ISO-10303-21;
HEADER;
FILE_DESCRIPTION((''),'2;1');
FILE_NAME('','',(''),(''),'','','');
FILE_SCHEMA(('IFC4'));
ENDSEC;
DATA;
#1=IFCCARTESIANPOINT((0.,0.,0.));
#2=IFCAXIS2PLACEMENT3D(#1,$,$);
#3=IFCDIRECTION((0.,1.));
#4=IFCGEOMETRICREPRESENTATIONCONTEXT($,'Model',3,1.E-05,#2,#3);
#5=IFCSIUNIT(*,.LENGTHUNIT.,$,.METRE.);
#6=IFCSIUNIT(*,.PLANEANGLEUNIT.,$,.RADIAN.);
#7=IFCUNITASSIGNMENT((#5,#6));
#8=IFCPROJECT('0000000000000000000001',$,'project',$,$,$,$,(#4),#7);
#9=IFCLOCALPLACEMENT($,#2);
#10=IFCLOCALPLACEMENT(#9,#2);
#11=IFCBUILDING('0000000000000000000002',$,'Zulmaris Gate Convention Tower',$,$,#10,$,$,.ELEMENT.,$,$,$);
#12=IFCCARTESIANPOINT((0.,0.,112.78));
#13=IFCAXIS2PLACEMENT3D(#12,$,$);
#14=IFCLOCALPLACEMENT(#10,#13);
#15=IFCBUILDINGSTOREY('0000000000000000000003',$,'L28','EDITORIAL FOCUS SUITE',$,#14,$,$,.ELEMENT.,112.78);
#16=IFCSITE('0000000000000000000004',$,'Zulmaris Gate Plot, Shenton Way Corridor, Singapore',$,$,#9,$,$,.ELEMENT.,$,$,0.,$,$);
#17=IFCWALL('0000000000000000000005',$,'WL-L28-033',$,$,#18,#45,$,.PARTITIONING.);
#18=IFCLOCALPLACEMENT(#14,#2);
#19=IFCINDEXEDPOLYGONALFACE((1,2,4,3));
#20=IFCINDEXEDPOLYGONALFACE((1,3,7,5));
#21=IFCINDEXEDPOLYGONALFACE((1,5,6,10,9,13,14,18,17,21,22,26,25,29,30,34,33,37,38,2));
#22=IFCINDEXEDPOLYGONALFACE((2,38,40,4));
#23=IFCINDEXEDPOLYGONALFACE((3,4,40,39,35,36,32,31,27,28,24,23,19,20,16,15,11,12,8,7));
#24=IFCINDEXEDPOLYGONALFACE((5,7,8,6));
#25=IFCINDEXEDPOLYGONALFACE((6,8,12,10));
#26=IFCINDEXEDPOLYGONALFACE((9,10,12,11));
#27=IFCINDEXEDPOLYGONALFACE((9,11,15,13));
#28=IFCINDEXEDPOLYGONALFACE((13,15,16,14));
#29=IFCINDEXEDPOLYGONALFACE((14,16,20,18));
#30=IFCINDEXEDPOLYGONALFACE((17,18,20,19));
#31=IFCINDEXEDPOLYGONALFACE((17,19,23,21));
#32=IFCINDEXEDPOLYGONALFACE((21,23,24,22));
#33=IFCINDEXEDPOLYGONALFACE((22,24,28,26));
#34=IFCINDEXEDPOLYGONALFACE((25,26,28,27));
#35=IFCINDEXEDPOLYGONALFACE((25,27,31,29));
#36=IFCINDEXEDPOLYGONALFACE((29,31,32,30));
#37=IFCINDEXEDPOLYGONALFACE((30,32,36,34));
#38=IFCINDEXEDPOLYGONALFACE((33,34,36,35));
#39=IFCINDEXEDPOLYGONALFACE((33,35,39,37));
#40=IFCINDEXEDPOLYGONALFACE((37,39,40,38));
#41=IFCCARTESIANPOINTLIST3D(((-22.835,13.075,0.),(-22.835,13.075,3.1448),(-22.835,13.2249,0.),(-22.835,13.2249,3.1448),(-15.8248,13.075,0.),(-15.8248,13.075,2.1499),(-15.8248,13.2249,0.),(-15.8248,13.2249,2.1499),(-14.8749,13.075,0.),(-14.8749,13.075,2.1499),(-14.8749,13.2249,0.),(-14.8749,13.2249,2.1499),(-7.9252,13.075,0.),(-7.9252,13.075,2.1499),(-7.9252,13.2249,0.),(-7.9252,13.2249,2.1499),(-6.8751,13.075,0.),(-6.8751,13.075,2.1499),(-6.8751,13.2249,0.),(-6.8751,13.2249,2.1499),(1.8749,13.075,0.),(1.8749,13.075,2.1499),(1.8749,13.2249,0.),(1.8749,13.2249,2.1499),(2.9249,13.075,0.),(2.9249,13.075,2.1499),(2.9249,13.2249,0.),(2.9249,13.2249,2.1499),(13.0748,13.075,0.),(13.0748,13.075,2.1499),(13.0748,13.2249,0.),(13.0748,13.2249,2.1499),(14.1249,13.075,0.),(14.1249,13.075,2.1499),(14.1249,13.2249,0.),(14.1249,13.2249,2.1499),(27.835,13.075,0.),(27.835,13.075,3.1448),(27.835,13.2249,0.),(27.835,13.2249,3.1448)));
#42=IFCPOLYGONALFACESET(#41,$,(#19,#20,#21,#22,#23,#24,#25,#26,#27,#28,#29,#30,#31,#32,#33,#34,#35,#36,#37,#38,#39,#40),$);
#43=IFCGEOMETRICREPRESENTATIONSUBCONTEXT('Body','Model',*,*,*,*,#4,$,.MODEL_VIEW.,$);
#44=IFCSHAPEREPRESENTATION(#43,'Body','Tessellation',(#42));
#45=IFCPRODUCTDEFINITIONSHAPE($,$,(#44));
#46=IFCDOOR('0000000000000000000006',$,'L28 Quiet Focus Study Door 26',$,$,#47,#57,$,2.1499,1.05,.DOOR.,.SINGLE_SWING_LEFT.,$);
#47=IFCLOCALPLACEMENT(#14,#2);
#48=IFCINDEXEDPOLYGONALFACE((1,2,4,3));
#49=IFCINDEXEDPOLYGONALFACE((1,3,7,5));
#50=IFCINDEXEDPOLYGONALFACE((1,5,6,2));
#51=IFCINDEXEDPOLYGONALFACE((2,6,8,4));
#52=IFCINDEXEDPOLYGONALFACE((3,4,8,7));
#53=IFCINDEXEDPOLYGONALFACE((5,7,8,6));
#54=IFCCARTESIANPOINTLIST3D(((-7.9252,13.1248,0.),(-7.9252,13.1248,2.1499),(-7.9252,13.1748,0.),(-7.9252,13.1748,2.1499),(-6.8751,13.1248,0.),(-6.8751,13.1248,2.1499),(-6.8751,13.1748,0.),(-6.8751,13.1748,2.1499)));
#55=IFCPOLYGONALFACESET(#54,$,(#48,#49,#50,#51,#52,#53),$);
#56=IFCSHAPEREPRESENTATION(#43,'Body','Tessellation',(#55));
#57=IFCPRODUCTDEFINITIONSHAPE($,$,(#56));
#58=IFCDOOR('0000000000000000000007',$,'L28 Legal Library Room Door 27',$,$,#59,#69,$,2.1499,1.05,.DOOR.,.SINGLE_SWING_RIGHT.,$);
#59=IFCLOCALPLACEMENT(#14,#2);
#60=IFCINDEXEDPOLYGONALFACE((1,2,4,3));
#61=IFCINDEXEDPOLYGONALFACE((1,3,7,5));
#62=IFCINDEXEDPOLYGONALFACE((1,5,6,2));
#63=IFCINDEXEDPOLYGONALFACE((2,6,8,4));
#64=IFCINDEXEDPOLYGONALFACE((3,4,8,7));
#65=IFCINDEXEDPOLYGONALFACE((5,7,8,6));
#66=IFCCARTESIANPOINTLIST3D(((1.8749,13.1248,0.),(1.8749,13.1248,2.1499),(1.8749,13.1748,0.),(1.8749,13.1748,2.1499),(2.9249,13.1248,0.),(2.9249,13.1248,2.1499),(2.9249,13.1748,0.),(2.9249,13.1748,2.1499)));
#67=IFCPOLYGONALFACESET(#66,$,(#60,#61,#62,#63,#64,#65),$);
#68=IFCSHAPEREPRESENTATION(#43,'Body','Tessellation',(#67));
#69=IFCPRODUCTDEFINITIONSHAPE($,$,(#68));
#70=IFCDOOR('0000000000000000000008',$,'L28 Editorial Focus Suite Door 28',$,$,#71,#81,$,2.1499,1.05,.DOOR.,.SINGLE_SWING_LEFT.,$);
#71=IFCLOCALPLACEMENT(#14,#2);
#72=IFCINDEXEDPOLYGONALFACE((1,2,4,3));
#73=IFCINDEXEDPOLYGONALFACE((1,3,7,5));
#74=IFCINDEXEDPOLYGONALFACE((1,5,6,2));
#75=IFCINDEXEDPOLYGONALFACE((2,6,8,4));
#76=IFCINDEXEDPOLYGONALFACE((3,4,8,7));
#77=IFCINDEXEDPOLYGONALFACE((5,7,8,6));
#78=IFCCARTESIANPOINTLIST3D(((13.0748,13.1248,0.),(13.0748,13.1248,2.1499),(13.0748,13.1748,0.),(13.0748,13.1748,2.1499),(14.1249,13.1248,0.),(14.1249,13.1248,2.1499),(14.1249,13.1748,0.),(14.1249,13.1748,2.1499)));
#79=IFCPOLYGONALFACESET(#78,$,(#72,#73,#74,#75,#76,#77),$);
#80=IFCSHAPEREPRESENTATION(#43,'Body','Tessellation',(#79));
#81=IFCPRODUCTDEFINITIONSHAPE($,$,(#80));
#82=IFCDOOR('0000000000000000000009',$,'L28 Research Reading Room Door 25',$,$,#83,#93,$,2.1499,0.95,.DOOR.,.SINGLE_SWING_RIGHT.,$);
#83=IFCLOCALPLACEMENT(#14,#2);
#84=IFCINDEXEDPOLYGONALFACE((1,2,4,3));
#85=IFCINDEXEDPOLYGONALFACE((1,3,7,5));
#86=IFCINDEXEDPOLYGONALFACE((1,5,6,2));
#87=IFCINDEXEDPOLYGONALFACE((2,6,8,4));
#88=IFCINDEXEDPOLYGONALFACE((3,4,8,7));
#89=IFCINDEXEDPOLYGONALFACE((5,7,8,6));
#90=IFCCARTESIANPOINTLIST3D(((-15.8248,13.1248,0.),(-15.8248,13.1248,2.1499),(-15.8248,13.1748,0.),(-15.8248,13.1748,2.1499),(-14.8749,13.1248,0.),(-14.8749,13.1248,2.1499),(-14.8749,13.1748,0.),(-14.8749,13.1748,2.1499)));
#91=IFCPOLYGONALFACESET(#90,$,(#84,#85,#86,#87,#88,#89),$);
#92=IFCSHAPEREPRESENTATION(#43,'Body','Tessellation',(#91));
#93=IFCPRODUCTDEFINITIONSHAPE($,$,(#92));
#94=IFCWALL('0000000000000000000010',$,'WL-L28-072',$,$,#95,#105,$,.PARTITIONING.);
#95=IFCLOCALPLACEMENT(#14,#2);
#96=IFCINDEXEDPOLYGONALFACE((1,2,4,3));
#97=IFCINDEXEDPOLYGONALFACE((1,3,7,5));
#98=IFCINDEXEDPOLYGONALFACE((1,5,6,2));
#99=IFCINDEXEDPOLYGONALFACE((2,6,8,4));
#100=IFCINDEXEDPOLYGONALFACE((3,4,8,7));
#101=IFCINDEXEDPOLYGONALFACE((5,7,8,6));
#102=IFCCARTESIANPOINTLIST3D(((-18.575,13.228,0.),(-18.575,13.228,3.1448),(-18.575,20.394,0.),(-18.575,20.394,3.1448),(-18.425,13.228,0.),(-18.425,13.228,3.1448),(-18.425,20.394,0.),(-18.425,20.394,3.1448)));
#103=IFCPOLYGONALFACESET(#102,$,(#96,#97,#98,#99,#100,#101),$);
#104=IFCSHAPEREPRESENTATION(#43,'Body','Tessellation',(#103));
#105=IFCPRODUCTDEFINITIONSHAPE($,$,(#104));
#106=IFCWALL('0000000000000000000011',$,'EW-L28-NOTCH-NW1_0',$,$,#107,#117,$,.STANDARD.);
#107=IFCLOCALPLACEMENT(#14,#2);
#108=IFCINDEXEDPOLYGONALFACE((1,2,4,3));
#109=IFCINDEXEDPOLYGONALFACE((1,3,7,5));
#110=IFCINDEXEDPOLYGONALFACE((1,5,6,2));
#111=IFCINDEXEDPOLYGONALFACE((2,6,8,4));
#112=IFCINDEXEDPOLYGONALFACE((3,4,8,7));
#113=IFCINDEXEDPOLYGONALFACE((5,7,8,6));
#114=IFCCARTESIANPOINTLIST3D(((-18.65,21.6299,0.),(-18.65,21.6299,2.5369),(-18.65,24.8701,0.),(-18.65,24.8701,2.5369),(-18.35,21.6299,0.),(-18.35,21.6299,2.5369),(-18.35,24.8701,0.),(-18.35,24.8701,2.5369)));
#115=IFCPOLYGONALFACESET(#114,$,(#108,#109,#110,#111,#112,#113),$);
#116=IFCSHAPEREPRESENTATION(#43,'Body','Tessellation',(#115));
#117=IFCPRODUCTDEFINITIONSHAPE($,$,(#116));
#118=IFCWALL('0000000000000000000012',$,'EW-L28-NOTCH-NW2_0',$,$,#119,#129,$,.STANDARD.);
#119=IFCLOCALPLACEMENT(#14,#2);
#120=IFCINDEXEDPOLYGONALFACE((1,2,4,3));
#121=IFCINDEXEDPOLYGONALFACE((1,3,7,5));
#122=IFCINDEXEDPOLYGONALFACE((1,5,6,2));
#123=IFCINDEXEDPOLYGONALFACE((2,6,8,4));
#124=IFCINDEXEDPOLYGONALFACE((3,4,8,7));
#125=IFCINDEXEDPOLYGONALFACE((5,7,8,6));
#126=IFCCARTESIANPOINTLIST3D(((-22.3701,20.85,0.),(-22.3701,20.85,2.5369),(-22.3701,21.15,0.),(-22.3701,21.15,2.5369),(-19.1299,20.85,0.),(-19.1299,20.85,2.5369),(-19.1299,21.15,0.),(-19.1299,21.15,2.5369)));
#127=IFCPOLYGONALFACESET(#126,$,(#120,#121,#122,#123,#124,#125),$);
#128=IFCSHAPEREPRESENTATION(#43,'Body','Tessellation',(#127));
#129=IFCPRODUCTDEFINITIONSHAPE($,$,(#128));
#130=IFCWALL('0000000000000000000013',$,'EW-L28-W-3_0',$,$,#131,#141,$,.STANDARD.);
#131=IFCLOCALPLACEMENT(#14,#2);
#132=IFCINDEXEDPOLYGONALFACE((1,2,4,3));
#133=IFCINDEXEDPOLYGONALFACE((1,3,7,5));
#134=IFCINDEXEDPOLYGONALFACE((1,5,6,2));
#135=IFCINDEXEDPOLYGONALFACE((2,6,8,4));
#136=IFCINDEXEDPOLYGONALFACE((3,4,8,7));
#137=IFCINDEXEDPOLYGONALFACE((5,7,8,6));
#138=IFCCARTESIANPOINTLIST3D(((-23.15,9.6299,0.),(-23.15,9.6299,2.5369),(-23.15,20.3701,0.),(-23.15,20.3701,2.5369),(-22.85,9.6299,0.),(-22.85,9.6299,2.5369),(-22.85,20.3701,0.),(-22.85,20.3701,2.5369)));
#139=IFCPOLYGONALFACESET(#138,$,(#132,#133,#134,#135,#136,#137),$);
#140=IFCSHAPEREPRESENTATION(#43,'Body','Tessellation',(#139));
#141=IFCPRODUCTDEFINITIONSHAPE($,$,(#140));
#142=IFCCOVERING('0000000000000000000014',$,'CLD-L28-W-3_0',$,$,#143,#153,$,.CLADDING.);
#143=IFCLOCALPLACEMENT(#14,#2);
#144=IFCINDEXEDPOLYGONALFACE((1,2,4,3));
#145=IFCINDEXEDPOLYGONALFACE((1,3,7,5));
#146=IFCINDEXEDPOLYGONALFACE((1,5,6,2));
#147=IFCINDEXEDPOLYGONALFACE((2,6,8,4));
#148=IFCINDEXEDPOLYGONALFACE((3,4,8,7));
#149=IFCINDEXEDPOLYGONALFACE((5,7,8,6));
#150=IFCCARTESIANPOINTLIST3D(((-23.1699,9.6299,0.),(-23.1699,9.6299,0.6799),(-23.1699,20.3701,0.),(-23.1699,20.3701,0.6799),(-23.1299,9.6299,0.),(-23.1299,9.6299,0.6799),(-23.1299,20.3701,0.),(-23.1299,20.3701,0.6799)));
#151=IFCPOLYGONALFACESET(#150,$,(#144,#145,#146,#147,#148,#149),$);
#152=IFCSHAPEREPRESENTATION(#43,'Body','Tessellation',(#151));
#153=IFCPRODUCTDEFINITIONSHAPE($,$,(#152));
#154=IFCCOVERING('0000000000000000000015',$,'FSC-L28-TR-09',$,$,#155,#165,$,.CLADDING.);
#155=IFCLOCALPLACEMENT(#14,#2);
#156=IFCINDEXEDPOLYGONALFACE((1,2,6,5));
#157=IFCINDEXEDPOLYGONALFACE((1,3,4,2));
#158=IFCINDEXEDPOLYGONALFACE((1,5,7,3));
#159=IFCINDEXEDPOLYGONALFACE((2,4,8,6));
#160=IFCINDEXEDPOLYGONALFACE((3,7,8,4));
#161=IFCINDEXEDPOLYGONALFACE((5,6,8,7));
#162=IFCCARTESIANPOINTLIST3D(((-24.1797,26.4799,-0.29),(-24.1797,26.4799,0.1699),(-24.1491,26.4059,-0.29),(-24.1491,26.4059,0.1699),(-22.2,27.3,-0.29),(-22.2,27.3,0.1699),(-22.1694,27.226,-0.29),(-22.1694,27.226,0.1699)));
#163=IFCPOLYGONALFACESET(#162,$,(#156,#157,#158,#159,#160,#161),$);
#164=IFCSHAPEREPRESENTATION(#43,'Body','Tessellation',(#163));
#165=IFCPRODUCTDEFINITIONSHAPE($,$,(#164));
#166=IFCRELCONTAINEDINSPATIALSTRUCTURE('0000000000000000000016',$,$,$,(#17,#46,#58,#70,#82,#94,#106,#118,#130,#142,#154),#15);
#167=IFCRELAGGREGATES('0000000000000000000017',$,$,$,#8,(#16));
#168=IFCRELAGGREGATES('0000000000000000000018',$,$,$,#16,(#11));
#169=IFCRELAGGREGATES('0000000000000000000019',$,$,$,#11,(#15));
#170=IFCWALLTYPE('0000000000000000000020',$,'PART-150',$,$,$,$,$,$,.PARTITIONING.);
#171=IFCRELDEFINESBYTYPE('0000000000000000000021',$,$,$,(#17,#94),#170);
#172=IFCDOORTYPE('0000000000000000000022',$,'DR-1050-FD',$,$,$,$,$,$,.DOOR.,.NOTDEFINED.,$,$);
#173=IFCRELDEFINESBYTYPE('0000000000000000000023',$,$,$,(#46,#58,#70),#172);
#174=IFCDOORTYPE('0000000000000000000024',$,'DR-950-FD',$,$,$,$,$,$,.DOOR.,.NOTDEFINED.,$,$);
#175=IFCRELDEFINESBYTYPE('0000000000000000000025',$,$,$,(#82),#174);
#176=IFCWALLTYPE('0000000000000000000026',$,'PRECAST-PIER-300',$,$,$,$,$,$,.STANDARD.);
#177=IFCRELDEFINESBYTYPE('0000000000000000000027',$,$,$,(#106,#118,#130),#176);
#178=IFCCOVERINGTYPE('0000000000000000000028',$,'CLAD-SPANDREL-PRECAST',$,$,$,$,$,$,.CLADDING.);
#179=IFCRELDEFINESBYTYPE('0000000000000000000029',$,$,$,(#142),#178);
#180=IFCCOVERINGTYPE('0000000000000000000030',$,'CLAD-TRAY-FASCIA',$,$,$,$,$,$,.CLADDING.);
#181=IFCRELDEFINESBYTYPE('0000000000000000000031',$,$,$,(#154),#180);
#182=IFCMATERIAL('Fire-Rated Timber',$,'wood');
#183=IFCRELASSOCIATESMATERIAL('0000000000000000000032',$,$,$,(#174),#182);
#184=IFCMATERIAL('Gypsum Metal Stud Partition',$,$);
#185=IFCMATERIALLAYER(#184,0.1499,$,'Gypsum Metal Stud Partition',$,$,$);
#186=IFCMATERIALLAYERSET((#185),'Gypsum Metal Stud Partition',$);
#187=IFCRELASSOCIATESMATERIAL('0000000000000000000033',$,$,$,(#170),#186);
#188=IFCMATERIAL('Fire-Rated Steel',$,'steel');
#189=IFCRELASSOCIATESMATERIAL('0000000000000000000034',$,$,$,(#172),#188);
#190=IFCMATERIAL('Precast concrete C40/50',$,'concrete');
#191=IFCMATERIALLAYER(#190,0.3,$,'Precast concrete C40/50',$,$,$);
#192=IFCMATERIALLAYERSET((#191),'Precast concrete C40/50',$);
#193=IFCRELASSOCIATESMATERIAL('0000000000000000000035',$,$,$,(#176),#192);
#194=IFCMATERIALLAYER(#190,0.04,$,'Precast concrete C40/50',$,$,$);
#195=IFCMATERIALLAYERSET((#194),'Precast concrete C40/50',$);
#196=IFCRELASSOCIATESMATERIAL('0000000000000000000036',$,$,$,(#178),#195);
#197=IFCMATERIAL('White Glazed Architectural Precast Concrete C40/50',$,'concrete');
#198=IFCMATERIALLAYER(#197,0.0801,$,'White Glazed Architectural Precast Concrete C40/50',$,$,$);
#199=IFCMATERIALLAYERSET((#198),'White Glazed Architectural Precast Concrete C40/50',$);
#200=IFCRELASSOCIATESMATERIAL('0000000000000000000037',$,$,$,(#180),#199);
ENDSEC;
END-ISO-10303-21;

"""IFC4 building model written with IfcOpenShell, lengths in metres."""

from ifc_helpers import new_model, si_unit, direction, frame, frame_2d, origin, place, context, subcontext, project, spatial, rectangle, extrude, material, layer, layer_set, type_object, element, fill, save


model = new_model("IFC4")

# Units and contexts
model_context = context("Model", 3, precision=1e-05, world=origin(), true_north=direction((0.0, 1.0)))
body_context = subcontext(model_context, "Body", "Model", "MODEL_VIEW")
ifc_project = project(units=[si_unit("LENGTHUNIT", "METRE"), si_unit("PLANEANGLEUNIT", "RADIAN")], contexts=[model_context])

# Site, building, storey
site_placement = place(None, origin())
site = spatial("IfcSite", under=ifc_project, at=site_placement, Name="Zulmaris Gate Plot, Shenton Way Corridor, Singapore", CompositionType="ELEMENT", RefElevation=0.0)
building_placement = place(site_placement, origin())
building = spatial("IfcBuilding", under=site, at=building_placement, Name="Zulmaris Gate Convention Tower", CompositionType="ELEMENT")
storey_placement = place(building_placement, frame((0.0, 0.0, 112.78)))
storey = spatial("IfcBuildingStorey", under=building, at=storey_placement, Name="L28", Description="EDITORIAL FOCUS SUITE", CompositionType="ELEMENT", Elevation=112.78)

# Shared definitions
ifc_material_1 = material(Name="Fire-Rated Timber", Category="wood")
door_type_1 = type_object("IfcDoorType", Name="DR-950-FD", OperationType="NOTDEFINED", PredefinedType="DOOR", material=ifc_material_1)

# Shared definitions
ifc_material_2 = material(Name="Gypsum Metal Stud Partition")
ifc_layer_1 = layer(ifc_material_2, 0.1499, Name="Gypsum Metal Stud Partition")
ifc_layer_set_1 = layer_set([ifc_layer_1], Name="Gypsum Metal Stud Partition")
wall_type_1 = type_object("IfcWallType", Name="PART-150", PredefinedType="PARTITIONING", material=ifc_layer_set_1)

# Wall, openings, doors
wall_1_placement = place(storey_placement, frame((-22.835, 13.1499, 0.0), z_axis=(0.0, 0.0, 1.0), x_axis=(1.0, 0.0, 0.0)))
wall_1 = element("IfcWall", 1, at=wall_1_placement, inside=storey, type_object=wall_type_1, Name="WL-L28-033", PredefinedType="PARTITIONING", context=body_context, shape_type="SweptSolid", body=[
    extrude(rectangle(XDim=50.6699, YDim=0.1499, at=frame_2d((25.335, 0.0))), origin(), (0.0, 0.0, 1.0), 3.1448),
])
opening_1_placement = place(wall_1_placement, frame((7.01, 0.0, 0.0)))
opening_1 = element("IfcOpeningElement", 2, at=opening_1_placement, cuts=wall_1, PredefinedType="OPENING", context=body_context, shape_type="SweptSolid", body=[
    extrude(rectangle(XDim=0.95, YDim=2.1499, at=frame_2d((0.4751, 1.075))), frame((0.0, 0.085, 0.0), z_axis=(0.0, -1.0, 0.0), x_axis=(1.0, 0.0, 0.0)), (0.0, 0.0, 1.0), 0.1699),
])
opening_2_placement = place(wall_1_placement, frame((14.9099, 0.0, 0.0)))
opening_2 = element("IfcOpeningElement", 3, at=opening_2_placement, cuts=wall_1, PredefinedType="OPENING", context=body_context, shape_type="SweptSolid", body=[
    extrude(rectangle(XDim=1.05, YDim=2.1499, at=frame_2d((0.5249, 1.075))), frame((0.0, 0.085, 0.0), z_axis=(0.0, -1.0, 0.0), x_axis=(1.0, 0.0, 0.0)), (0.0, 0.0, 1.0), 0.1699),
])
opening_3_placement = place(wall_1_placement, frame((24.71, 0.0, 0.0)))
opening_3 = element("IfcOpeningElement", 4, at=opening_3_placement, cuts=wall_1, PredefinedType="OPENING", context=body_context, shape_type="SweptSolid", body=[
    extrude(rectangle(XDim=1.05, YDim=2.1499, at=frame_2d((0.5249, 1.075))), frame((0.0, 0.085, 0.0), z_axis=(0.0, -1.0, 0.0), x_axis=(1.0, 0.0, 0.0)), (0.0, 0.0, 1.0), 0.1699),
])
opening_4_placement = place(wall_1_placement, frame((35.9099, 0.0, 0.0)))
opening_4 = element("IfcOpeningElement", 5, at=opening_4_placement, cuts=wall_1, PredefinedType="OPENING", context=body_context, shape_type="SweptSolid", body=[
    extrude(rectangle(XDim=1.05, YDim=2.1499, at=frame_2d((0.5249, 1.075))), frame((0.0, 0.085, 0.0), z_axis=(0.0, -1.0, 0.0), x_axis=(1.0, 0.0, 0.0)), (0.0, 0.0, 1.0), 0.1699),
])
ifc_material_3 = material(Name="Fire-Rated Steel", Category="steel")
door_type_2 = type_object("IfcDoorType", Name="DR-1050-FD", OperationType="NOTDEFINED", PredefinedType="DOOR", material=ifc_material_3)
door_1_placement = place(opening_2_placement, origin())
door_1 = element("IfcDoor", 6, at=door_1_placement, inside=storey, type_object=door_type_2, Name="L28 Quiet Focus Study Door 26", OperationType="SINGLE_SWING_LEFT", OverallHeight=2.1499, OverallWidth=1.05, PredefinedType="DOOR", context=body_context, shape_type="SweptSolid", body=[
    extrude(rectangle(XDim=1.05, YDim=2.1499, at=frame_2d((0.5249, 1.075))), frame((0.0, 0.0249, 0.0), z_axis=(0.0, -1.0, 0.0), x_axis=(1.0, 0.0, 0.0)), (0.0, 0.0, 1.0), 0.05),
])
fill(opening_2, door_1)
door_2_placement = place(opening_3_placement, origin())
door_2 = element("IfcDoor", 7, at=door_2_placement, inside=storey, type_object=door_type_2, Name="L28 Legal Library Room Door 27", OperationType="SINGLE_SWING_RIGHT", OverallHeight=2.1499, OverallWidth=1.05, PredefinedType="DOOR", context=body_context, shape_type="SweptSolid", body=[
    extrude(rectangle(XDim=1.05, YDim=2.1499, at=frame_2d((0.5249, 1.075))), frame((0.0, 0.0249, 0.0), z_axis=(0.0, -1.0, 0.0), x_axis=(1.0, 0.0, 0.0)), (0.0, 0.0, 1.0), 0.05),
])
fill(opening_3, door_2)
door_3_placement = place(opening_4_placement, origin())
door_3 = element("IfcDoor", 8, at=door_3_placement, inside=storey, type_object=door_type_2, Name="L28 Editorial Focus Suite Door 28", OperationType="SINGLE_SWING_LEFT", OverallHeight=2.1499, OverallWidth=1.05, PredefinedType="DOOR", context=body_context, shape_type="SweptSolid", body=[
    extrude(rectangle(XDim=1.05, YDim=2.1499, at=frame_2d((0.5249, 1.075))), frame((0.0, 0.0249, 0.0), z_axis=(0.0, -1.0, 0.0), x_axis=(1.0, 0.0, 0.0)), (0.0, 0.0, 1.0), 0.05),
])
fill(opening_4, door_3)
door_4_placement = place(opening_1_placement, origin())
door_4 = element("IfcDoor", 9, at=door_4_placement, inside=storey, type_object=door_type_1, Name="L28 Research Reading Room Door 25", OperationType="SINGLE_SWING_RIGHT", OverallHeight=2.1499, OverallWidth=0.95, PredefinedType="DOOR", context=body_context, shape_type="SweptSolid", body=[
    extrude(rectangle(XDim=0.95, YDim=2.1499, at=frame_2d((0.4751, 1.075))), frame((0.0, 0.0249, 0.0), z_axis=(0.0, -1.0, 0.0), x_axis=(1.0, 0.0, 0.0)), (0.0, 0.0, 1.0), 0.05),
])
fill(opening_1, door_4)

# Walls
wall_2_placement = place(storey_placement, frame((-18.5, 13.228, 0.0), z_axis=(0.0, 0.0, 1.0), x_axis=(0.0, 1.0, 0.0)))
element("IfcWall", 10, at=wall_2_placement, inside=storey, type_object=wall_type_1, Name="WL-L28-072", PredefinedType="PARTITIONING", context=body_context, shape_type="SweptSolid", body=[
    extrude(rectangle(XDim=7.166, YDim=0.1499, at=frame_2d((3.583, 0.0))), origin(), (0.0, 0.0, 1.0), 3.1448),
])
ifc_material_4 = material(Name="Precast concrete C40/50", Category="concrete")
ifc_layer_2 = layer(ifc_material_4, 0.3, Name="Precast concrete C40/50")
ifc_layer_set_2 = layer_set([ifc_layer_2], Name="Precast concrete C40/50")
wall_type_2 = type_object("IfcWallType", Name="PRECAST-PIER-300", PredefinedType="STANDARD", material=ifc_layer_set_2)
for number, where, z_axis, x_axis, name in (
    (11, (-18.5, 24.8701, 0.0), (0.0, 0.0, 1.0), (0.0, -1.0, 0.0), "EW-L28-NOTCH-NW1_0"),
    (12, (-19.1299, 21.0, 0.0), (0.0, 0.0, 1.0), (-1.0, 0.0, 0.0), "EW-L28-NOTCH-NW2_0"),
):
    element("IfcWall", number, at=place(storey_placement, frame(where, z_axis=z_axis, x_axis=x_axis)), inside=storey, type_object=wall_type_2, Name=name, PredefinedType="STANDARD", context=body_context, shape_type="SweptSolid", body=[
        extrude(rectangle(XDim=3.2402, YDim=0.3, at=frame_2d((1.6201, 0.0))), origin(), (0.0, 0.0, 1.0), 2.5369),
    ])
wall_3_placement = place(storey_placement, frame((-23.0, 20.3701, 0.0), z_axis=(0.0, 0.0, 1.0), x_axis=(0.0, -1.0, 0.0)))
element("IfcWall", 13, at=wall_3_placement, inside=storey, type_object=wall_type_2, Name="EW-L28-W-3_0", PredefinedType="STANDARD", context=body_context, shape_type="SweptSolid", body=[
    extrude(rectangle(XDim=10.7402, YDim=0.3, at=frame_2d((5.3701, 0.0))), origin(), (0.0, 0.0, 1.0), 2.5369),
])

# Coverings
ifc_layer_3 = layer(ifc_material_4, 0.04, Name="Precast concrete C40/50")
ifc_layer_set_3 = layer_set([ifc_layer_3], Name="Precast concrete C40/50")
covering_type_1 = type_object("IfcCoveringType", Name="CLAD-SPANDREL-PRECAST", PredefinedType="CLADDING", material=ifc_layer_set_3)
covering_1_placement = place(storey_placement, frame((-23.1499, 20.3701, 0.0), z_axis=(0.0, 0.0, 1.0), x_axis=(0.0, -1.0, 0.0)))
element("IfcCovering", 14, at=covering_1_placement, inside=storey, type_object=covering_type_1, Name="CLD-L28-W-3_0", PredefinedType="CLADDING", context=body_context, shape_type="SweptSolid", body=[
    extrude(rectangle(XDim=10.7402, YDim=0.04, at=frame_2d((5.3701, 0.0))), origin(), (0.0, 0.0, 1.0), 0.6799),
])
ifc_material_5 = material(Name="White Glazed Architectural Precast Concrete C40/50", Category="concrete")
ifc_layer_4 = layer(ifc_material_5, 0.0801, Name="White Glazed Architectural Precast Concrete C40/50")
ifc_layer_set_4 = layer_set([ifc_layer_4], Name="White Glazed Architectural Precast Concrete C40/50")
covering_type_2 = type_object("IfcCoveringType", Name="CLAD-TRAY-FASCIA", PredefinedType="CLADDING", material=ifc_layer_set_4)
covering_2_placement = place(storey_placement, frame((-22.1848, 27.2629, -0.29), z_axis=(0.0, 0.0, 1.0), x_axis=(-0.923874, -0.382697, 0.0)))
element("IfcCovering", 15, at=covering_2_placement, inside=storey, type_object=covering_type_2, Name="FSC-L28-TR-09", PredefinedType="CLADDING", context=body_context, shape_type="SweptSolid", body=[
    extrude(rectangle(XDim=2.1428, YDim=0.0801, at=frame_2d((1.0713, 0.0))), origin(), (0.0, 0.0, 1.0), 0.46),
])

save(model, "model.ifc")
